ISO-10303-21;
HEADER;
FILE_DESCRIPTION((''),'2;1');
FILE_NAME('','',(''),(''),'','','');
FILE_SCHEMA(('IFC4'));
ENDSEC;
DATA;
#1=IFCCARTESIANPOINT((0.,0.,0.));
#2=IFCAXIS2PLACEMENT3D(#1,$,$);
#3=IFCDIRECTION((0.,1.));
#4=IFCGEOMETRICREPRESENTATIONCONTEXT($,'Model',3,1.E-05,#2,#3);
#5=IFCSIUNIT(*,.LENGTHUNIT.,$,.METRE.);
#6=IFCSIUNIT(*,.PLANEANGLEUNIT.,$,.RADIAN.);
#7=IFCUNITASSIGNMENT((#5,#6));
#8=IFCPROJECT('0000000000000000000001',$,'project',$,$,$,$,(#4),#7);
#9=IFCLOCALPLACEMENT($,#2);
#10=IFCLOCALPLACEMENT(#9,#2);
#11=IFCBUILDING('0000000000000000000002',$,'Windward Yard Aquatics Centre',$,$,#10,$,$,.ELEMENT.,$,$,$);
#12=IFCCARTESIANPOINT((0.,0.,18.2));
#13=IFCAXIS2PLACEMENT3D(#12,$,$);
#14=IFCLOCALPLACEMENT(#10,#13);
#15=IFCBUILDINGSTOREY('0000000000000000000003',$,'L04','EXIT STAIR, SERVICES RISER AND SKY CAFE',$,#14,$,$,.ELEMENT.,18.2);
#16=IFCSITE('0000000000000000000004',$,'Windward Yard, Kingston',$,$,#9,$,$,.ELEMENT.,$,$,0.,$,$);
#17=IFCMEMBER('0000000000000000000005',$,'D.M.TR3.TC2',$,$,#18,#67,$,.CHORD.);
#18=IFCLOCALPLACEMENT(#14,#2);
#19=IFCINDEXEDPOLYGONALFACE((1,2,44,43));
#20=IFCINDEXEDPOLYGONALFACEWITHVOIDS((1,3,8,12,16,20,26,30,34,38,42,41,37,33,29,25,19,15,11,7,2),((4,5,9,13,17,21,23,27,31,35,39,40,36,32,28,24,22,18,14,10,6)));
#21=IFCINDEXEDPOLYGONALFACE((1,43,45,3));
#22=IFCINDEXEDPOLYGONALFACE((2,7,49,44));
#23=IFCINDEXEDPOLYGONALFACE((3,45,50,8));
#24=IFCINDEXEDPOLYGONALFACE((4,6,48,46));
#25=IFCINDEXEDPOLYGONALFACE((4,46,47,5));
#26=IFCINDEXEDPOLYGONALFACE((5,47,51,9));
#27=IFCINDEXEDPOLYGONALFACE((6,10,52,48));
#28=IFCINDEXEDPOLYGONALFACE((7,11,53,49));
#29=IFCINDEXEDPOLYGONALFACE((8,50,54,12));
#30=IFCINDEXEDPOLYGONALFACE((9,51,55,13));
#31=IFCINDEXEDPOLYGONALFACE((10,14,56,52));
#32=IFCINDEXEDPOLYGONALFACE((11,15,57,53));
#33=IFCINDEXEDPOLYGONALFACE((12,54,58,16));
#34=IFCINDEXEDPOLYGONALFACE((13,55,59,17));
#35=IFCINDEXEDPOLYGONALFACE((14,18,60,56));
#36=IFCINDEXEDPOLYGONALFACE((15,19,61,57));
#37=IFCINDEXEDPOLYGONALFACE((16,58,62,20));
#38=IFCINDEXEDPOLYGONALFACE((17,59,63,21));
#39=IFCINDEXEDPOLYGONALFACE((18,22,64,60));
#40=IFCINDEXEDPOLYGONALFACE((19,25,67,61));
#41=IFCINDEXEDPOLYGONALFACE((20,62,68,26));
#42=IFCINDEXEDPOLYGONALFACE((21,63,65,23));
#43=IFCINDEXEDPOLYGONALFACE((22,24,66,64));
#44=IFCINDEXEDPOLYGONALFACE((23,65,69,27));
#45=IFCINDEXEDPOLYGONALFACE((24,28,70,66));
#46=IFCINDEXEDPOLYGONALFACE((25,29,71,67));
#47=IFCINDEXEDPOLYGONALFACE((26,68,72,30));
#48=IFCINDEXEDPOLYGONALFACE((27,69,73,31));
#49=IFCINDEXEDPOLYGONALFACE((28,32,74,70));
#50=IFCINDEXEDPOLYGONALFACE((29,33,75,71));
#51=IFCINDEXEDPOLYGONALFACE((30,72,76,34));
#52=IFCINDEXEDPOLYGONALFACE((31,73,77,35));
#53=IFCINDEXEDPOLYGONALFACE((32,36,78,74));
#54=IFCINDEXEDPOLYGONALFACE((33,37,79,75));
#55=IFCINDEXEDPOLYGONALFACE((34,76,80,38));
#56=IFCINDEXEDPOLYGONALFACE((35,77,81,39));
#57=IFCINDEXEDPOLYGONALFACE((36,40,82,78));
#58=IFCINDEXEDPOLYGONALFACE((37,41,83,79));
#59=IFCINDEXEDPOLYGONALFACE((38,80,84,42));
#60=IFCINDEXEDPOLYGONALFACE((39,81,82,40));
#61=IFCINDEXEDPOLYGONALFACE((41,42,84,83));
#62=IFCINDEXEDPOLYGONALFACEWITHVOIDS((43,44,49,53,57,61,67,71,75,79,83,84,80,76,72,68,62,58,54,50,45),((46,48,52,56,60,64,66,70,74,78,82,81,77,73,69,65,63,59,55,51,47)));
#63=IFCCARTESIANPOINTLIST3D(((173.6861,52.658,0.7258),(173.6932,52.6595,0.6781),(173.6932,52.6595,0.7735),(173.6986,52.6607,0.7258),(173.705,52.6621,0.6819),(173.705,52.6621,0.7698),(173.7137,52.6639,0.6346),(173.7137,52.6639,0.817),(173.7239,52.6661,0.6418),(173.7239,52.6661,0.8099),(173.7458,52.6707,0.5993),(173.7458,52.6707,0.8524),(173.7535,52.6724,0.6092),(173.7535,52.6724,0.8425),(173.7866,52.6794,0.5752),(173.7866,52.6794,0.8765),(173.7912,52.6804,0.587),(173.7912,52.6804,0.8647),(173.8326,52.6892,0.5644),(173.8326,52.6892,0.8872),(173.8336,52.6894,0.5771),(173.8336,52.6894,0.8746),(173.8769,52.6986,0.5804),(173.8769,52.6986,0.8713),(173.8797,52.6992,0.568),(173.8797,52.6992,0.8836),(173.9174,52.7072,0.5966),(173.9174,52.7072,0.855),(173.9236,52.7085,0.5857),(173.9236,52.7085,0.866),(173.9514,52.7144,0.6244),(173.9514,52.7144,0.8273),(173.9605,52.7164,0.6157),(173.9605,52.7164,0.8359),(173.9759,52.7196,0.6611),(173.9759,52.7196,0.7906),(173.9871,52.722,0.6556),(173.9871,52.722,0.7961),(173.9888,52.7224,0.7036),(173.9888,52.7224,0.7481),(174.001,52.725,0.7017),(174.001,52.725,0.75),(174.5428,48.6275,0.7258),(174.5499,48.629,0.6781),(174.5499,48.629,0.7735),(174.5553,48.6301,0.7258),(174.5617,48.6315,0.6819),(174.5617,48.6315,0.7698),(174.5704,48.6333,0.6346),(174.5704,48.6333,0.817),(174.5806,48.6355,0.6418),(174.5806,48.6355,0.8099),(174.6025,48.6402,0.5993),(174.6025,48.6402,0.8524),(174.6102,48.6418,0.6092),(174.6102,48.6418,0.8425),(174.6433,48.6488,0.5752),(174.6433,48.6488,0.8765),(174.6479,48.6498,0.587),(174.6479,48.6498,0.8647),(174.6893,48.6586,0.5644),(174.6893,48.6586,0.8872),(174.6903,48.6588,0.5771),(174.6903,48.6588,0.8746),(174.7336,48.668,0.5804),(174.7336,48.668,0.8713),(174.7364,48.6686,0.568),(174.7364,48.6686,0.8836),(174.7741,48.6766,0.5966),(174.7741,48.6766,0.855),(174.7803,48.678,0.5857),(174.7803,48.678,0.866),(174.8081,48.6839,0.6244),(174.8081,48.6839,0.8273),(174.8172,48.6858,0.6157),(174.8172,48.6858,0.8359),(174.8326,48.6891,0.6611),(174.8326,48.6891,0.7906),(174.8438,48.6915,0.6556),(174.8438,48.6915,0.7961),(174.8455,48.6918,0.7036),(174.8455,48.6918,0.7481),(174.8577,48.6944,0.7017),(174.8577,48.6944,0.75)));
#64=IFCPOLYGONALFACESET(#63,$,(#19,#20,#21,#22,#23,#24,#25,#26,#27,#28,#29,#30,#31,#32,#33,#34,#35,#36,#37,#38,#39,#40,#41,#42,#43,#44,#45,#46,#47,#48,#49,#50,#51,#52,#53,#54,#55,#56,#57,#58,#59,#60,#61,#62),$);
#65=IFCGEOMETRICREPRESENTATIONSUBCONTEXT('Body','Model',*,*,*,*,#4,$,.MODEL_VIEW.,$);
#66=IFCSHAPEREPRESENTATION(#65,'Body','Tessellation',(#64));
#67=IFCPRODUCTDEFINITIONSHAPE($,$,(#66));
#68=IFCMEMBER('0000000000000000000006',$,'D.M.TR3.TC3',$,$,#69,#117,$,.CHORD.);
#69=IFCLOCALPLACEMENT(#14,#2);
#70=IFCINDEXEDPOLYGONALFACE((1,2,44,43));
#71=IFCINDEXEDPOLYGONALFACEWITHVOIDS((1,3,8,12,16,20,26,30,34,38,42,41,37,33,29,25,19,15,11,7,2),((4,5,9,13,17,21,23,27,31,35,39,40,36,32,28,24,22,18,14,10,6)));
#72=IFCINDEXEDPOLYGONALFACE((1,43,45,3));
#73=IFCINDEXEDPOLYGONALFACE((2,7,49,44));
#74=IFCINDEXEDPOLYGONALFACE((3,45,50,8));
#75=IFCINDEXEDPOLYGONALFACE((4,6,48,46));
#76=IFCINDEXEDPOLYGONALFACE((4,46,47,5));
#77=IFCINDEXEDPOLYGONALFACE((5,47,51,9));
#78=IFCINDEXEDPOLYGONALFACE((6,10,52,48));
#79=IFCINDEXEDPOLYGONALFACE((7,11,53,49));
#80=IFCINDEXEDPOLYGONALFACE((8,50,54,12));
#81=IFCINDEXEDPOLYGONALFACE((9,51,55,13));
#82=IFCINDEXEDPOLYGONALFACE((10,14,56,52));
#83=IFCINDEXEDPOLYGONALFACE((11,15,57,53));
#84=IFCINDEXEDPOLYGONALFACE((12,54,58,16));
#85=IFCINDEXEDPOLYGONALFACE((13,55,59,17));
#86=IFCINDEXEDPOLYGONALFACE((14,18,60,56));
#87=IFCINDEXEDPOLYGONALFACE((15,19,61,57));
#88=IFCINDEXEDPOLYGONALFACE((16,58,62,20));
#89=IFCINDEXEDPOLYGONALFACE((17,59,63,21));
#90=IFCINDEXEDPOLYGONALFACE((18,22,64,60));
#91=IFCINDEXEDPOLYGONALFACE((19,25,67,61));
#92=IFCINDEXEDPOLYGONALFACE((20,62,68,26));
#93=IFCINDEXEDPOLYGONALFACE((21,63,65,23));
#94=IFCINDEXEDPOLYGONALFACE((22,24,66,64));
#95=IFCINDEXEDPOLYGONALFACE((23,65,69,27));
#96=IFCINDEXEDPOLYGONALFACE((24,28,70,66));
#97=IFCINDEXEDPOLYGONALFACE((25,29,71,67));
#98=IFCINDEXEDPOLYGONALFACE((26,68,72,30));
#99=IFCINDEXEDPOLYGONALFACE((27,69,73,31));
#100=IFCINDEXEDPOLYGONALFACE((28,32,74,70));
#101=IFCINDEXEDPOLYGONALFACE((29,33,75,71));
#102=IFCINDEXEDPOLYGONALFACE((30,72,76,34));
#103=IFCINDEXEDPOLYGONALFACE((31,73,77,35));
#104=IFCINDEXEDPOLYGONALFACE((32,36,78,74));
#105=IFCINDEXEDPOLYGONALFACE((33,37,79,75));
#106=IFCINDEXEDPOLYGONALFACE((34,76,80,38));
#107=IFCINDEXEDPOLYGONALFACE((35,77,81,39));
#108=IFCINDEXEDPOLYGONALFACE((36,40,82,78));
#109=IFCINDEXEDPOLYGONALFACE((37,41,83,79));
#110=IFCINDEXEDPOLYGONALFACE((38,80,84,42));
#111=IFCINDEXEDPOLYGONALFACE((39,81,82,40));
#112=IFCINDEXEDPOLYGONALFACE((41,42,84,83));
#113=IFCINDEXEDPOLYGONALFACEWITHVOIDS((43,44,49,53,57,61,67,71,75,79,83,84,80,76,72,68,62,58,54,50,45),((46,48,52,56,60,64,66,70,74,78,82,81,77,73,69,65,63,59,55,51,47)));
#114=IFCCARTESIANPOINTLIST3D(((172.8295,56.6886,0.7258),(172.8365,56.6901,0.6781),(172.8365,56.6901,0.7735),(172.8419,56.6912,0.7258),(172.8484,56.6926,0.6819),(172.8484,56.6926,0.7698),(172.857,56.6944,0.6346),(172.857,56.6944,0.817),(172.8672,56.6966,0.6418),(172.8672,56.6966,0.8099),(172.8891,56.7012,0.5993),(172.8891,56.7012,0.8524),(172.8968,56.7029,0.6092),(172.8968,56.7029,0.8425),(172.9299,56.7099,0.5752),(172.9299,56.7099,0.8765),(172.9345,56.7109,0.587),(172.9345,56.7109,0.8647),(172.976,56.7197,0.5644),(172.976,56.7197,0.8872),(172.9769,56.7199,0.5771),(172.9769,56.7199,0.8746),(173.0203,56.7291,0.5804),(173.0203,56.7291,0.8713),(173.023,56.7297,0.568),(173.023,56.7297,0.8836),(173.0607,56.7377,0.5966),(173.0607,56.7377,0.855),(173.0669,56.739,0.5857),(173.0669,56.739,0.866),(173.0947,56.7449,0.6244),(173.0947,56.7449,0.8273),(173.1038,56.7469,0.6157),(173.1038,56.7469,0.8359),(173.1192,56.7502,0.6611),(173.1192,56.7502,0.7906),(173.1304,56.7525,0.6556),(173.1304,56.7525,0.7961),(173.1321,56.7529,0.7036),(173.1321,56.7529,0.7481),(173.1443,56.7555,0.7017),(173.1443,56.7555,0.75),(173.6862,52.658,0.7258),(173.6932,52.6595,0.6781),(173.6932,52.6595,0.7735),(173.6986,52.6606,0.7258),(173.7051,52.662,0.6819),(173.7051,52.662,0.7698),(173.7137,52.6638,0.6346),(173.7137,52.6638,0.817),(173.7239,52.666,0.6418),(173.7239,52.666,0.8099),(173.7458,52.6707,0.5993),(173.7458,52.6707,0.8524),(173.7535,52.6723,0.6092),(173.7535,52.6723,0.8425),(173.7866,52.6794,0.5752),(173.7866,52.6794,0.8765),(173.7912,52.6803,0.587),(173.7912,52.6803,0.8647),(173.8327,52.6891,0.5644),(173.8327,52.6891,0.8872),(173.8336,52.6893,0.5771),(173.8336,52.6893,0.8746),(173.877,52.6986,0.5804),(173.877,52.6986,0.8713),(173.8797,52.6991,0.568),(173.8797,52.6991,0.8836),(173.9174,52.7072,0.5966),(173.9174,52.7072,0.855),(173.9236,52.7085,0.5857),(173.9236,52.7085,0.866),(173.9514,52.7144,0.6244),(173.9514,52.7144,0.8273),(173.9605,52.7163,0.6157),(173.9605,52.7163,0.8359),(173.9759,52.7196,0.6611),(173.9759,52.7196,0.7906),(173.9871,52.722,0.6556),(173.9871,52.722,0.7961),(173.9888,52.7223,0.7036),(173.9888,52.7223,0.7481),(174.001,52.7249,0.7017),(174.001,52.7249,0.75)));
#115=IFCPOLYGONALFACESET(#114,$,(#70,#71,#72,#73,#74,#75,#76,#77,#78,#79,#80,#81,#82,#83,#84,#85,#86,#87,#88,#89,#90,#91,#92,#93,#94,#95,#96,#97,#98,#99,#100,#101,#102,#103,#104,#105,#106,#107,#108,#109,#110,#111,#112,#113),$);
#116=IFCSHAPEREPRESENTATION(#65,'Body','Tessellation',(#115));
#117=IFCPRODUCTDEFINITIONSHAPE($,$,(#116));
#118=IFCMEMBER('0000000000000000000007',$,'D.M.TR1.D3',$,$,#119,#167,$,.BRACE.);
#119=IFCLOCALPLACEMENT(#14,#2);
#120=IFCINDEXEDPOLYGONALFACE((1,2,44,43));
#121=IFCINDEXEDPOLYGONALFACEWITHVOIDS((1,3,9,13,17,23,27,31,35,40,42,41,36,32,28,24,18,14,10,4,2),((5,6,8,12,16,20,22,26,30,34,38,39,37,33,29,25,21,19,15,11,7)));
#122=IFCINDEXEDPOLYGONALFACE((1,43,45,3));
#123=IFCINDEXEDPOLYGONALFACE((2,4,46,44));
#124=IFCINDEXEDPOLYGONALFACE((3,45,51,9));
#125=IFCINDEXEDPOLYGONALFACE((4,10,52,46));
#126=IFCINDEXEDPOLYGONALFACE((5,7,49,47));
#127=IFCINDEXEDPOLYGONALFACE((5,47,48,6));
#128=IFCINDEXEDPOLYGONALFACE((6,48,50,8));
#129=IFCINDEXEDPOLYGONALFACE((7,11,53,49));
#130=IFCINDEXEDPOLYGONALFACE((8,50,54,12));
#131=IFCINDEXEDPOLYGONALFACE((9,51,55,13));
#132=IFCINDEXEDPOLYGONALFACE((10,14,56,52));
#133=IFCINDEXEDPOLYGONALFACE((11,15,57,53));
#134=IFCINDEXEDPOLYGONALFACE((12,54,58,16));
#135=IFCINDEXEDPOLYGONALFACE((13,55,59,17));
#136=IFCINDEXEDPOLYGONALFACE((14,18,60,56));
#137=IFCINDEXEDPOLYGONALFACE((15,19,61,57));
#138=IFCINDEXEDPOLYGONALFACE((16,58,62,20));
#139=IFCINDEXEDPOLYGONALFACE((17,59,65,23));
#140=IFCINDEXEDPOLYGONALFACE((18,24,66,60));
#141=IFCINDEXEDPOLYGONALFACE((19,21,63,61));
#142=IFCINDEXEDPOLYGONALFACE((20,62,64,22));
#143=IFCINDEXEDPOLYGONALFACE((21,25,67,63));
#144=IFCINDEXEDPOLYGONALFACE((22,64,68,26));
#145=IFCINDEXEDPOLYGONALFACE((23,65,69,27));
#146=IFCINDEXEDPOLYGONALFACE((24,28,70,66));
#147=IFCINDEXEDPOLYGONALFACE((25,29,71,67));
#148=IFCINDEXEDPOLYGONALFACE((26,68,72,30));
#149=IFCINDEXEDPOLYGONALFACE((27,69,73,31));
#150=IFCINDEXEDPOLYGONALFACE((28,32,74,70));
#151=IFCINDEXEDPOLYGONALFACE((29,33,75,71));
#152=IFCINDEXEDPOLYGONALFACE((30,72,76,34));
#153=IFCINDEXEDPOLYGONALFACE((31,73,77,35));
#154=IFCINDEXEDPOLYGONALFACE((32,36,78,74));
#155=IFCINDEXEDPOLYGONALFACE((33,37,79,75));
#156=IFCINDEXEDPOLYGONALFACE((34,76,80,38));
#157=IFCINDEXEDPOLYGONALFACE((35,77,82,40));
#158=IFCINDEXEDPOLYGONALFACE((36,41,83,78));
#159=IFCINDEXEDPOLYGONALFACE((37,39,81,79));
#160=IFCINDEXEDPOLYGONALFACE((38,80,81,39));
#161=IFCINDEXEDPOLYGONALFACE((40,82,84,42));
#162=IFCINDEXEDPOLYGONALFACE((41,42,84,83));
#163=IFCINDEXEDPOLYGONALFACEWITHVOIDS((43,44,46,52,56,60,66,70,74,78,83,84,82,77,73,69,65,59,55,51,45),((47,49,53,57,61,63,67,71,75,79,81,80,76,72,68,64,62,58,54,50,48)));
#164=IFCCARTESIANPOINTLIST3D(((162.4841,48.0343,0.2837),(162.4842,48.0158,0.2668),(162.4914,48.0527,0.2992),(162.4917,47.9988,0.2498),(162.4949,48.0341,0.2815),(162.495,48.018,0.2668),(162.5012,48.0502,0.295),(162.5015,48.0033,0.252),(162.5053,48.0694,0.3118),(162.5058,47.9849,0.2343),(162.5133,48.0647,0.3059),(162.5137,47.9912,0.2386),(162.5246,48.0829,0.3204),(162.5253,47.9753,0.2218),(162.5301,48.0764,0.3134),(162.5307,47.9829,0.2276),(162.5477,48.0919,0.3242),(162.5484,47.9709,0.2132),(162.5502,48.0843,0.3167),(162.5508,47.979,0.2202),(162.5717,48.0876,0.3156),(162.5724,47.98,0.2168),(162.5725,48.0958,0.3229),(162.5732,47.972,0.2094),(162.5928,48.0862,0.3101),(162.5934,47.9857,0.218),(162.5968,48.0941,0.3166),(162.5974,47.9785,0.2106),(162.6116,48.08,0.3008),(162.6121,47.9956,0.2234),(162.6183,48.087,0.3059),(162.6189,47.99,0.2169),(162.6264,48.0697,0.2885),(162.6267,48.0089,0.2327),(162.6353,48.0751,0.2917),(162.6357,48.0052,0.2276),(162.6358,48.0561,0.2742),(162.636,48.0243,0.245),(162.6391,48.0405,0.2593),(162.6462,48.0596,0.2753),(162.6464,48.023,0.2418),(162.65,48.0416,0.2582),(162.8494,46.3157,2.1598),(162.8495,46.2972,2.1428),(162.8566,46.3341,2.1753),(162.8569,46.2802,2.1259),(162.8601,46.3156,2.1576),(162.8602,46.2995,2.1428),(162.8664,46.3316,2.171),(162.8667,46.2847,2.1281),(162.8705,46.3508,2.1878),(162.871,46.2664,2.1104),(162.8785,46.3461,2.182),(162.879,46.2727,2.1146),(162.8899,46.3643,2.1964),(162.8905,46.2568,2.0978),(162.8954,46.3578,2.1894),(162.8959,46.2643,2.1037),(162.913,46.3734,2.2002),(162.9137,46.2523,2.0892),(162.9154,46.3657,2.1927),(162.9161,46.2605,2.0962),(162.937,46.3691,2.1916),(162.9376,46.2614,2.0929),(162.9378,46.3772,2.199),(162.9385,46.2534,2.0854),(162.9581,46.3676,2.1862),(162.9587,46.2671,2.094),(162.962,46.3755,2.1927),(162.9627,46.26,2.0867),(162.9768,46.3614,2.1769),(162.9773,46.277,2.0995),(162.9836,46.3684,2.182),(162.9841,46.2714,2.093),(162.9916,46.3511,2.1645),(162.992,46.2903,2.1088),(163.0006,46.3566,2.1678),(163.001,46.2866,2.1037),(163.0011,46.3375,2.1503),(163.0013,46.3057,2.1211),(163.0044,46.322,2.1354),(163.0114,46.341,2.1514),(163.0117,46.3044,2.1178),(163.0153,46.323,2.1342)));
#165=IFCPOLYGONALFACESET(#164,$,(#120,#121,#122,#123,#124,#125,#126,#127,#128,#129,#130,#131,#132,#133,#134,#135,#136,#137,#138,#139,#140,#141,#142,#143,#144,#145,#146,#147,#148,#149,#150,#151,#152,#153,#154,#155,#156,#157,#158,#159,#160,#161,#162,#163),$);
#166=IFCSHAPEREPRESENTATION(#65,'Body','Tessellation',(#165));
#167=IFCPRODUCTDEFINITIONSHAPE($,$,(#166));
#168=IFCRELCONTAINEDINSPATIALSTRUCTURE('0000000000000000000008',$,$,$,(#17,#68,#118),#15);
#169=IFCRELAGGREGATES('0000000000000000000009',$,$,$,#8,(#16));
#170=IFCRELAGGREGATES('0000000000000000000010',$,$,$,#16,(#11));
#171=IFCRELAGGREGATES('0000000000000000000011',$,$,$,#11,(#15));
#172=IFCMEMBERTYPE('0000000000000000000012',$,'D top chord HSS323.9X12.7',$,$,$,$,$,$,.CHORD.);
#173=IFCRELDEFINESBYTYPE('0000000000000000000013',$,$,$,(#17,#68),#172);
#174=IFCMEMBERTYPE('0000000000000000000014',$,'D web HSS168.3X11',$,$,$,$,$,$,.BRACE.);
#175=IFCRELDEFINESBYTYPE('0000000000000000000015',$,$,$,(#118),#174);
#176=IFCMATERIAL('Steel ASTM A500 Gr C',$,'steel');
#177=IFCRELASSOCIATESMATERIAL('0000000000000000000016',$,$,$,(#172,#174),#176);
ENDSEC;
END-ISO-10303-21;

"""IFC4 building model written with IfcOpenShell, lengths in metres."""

from ifc_helpers import new_model, si_unit, direction, frame, origin, origin_2d, place, context, subcontext, project, spatial, hollow_circle, extrude, material, material_profile, profile_set, type_object, element, save


model = new_model("IFC4")

# Units and contexts
model_context = context("Model", 3, precision=1e-05, world=origin(), true_north=direction((0.0, 1.0)))
body_context = subcontext(model_context, "Body", "Model", "MODEL_VIEW")
ifc_project = project(units=[si_unit("LENGTHUNIT", "METRE"), si_unit("PLANEANGLEUNIT", "RADIAN")], contexts=[model_context])

# Site, building, storey
site_placement = place(None, origin())
site = spatial("IfcSite", under=ifc_project, at=site_placement, Name="Windward Yard, Kingston", CompositionType="ELEMENT", RefElevation=0.0)
building_placement = place(site_placement, origin())
building = spatial("IfcBuilding", under=site, at=building_placement, Name="Windward Yard Aquatics Centre", CompositionType="ELEMENT")
storey_placement = place(building_placement, frame((0.0, 0.0, 18.2)))
storey = spatial("IfcBuildingStorey", under=building, at=storey_placement, Name="L04", Description="EXIT STAIR, SERVICES RISER AND SKY CAFE", CompositionType="ELEMENT", Elevation=18.2)

# Members
ifc_material_1 = material(Name="Steel ASTM A500 Gr C", Category="steel")
ifc_material_profile_1 = material_profile(ifc_material_1, hollow_circle(Radius=0.1619, WallThickness=0.0127, at=origin_2d()), Name="HSS323.9X12.7")
ifc_profile_set_1 = profile_set([ifc_material_profile_1], Name="Steel ASTM A500 Gr C")
member_type_1 = type_object("IfcMemberType", Name="D top chord HSS323.9X12.7", PredefinedType="CHORD", material=ifc_profile_set_1)
for number, where, z_axis, x_axis, name in (
    (1, (174.7012, 48.6611, 0.7258), (-0.207906, 0.978149, 0.0), (-0.978149, -0.207906, 0.0), "D.M.TR3.TC2"),
    (2, (173.8445, 52.6917, 0.7258), (-0.207906, 0.978149, 0.0), (-0.978149, -0.207906, 0.0), "D.M.TR3.TC3"),
):
    element("IfcMember", number, at=place(storey_placement, frame(where, z_axis=z_axis, x_axis=x_axis)), inside=storey, type_object=member_type_1, Name=name, PredefinedType="CHORD", context=body_context, shape_type="SweptSolid", body=[
        extrude(hollow_circle(Radius=0.1619, WallThickness=0.0127, at=origin_2d()), origin(), (0.0, 0.0, 1.0), 4.1206),
    ])
ifc_material_profile_2 = material_profile(ifc_material_1, hollow_circle(Radius=0.0842, WallThickness=0.011, at=origin_2d()), Name="HSS168.3X11")
ifc_profile_set_2 = profile_set([ifc_material_profile_2], Name="Steel ASTM A500 Gr C")
member_type_2 = type_object("IfcMemberType", Name="D web HSS168.3X11", PredefinedType="BRACE", material=ifc_profile_set_2)
for number, where, z_axis, x_axis, name in (
    (3, (162.9319, 46.3147, 2.1428), (-0.142103, 0.668626, -0.729894), (-0.978153, -0.207887, 0.0), "D.M.TR1.D3"),
):
    element("IfcMember", number, at=place(storey_placement, frame(where, z_axis=z_axis, x_axis=x_axis)), inside=storey, type_object=member_type_2, Name=name, PredefinedType="BRACE", context=body_context, shape_type="SweptSolid", body=[
        extrude(hollow_circle(Radius=0.0842, WallThickness=0.011, at=origin_2d()), origin(), (0.0, 0.0, 1.0), 2.5703),
    ])

save(model, "model.ifc")
